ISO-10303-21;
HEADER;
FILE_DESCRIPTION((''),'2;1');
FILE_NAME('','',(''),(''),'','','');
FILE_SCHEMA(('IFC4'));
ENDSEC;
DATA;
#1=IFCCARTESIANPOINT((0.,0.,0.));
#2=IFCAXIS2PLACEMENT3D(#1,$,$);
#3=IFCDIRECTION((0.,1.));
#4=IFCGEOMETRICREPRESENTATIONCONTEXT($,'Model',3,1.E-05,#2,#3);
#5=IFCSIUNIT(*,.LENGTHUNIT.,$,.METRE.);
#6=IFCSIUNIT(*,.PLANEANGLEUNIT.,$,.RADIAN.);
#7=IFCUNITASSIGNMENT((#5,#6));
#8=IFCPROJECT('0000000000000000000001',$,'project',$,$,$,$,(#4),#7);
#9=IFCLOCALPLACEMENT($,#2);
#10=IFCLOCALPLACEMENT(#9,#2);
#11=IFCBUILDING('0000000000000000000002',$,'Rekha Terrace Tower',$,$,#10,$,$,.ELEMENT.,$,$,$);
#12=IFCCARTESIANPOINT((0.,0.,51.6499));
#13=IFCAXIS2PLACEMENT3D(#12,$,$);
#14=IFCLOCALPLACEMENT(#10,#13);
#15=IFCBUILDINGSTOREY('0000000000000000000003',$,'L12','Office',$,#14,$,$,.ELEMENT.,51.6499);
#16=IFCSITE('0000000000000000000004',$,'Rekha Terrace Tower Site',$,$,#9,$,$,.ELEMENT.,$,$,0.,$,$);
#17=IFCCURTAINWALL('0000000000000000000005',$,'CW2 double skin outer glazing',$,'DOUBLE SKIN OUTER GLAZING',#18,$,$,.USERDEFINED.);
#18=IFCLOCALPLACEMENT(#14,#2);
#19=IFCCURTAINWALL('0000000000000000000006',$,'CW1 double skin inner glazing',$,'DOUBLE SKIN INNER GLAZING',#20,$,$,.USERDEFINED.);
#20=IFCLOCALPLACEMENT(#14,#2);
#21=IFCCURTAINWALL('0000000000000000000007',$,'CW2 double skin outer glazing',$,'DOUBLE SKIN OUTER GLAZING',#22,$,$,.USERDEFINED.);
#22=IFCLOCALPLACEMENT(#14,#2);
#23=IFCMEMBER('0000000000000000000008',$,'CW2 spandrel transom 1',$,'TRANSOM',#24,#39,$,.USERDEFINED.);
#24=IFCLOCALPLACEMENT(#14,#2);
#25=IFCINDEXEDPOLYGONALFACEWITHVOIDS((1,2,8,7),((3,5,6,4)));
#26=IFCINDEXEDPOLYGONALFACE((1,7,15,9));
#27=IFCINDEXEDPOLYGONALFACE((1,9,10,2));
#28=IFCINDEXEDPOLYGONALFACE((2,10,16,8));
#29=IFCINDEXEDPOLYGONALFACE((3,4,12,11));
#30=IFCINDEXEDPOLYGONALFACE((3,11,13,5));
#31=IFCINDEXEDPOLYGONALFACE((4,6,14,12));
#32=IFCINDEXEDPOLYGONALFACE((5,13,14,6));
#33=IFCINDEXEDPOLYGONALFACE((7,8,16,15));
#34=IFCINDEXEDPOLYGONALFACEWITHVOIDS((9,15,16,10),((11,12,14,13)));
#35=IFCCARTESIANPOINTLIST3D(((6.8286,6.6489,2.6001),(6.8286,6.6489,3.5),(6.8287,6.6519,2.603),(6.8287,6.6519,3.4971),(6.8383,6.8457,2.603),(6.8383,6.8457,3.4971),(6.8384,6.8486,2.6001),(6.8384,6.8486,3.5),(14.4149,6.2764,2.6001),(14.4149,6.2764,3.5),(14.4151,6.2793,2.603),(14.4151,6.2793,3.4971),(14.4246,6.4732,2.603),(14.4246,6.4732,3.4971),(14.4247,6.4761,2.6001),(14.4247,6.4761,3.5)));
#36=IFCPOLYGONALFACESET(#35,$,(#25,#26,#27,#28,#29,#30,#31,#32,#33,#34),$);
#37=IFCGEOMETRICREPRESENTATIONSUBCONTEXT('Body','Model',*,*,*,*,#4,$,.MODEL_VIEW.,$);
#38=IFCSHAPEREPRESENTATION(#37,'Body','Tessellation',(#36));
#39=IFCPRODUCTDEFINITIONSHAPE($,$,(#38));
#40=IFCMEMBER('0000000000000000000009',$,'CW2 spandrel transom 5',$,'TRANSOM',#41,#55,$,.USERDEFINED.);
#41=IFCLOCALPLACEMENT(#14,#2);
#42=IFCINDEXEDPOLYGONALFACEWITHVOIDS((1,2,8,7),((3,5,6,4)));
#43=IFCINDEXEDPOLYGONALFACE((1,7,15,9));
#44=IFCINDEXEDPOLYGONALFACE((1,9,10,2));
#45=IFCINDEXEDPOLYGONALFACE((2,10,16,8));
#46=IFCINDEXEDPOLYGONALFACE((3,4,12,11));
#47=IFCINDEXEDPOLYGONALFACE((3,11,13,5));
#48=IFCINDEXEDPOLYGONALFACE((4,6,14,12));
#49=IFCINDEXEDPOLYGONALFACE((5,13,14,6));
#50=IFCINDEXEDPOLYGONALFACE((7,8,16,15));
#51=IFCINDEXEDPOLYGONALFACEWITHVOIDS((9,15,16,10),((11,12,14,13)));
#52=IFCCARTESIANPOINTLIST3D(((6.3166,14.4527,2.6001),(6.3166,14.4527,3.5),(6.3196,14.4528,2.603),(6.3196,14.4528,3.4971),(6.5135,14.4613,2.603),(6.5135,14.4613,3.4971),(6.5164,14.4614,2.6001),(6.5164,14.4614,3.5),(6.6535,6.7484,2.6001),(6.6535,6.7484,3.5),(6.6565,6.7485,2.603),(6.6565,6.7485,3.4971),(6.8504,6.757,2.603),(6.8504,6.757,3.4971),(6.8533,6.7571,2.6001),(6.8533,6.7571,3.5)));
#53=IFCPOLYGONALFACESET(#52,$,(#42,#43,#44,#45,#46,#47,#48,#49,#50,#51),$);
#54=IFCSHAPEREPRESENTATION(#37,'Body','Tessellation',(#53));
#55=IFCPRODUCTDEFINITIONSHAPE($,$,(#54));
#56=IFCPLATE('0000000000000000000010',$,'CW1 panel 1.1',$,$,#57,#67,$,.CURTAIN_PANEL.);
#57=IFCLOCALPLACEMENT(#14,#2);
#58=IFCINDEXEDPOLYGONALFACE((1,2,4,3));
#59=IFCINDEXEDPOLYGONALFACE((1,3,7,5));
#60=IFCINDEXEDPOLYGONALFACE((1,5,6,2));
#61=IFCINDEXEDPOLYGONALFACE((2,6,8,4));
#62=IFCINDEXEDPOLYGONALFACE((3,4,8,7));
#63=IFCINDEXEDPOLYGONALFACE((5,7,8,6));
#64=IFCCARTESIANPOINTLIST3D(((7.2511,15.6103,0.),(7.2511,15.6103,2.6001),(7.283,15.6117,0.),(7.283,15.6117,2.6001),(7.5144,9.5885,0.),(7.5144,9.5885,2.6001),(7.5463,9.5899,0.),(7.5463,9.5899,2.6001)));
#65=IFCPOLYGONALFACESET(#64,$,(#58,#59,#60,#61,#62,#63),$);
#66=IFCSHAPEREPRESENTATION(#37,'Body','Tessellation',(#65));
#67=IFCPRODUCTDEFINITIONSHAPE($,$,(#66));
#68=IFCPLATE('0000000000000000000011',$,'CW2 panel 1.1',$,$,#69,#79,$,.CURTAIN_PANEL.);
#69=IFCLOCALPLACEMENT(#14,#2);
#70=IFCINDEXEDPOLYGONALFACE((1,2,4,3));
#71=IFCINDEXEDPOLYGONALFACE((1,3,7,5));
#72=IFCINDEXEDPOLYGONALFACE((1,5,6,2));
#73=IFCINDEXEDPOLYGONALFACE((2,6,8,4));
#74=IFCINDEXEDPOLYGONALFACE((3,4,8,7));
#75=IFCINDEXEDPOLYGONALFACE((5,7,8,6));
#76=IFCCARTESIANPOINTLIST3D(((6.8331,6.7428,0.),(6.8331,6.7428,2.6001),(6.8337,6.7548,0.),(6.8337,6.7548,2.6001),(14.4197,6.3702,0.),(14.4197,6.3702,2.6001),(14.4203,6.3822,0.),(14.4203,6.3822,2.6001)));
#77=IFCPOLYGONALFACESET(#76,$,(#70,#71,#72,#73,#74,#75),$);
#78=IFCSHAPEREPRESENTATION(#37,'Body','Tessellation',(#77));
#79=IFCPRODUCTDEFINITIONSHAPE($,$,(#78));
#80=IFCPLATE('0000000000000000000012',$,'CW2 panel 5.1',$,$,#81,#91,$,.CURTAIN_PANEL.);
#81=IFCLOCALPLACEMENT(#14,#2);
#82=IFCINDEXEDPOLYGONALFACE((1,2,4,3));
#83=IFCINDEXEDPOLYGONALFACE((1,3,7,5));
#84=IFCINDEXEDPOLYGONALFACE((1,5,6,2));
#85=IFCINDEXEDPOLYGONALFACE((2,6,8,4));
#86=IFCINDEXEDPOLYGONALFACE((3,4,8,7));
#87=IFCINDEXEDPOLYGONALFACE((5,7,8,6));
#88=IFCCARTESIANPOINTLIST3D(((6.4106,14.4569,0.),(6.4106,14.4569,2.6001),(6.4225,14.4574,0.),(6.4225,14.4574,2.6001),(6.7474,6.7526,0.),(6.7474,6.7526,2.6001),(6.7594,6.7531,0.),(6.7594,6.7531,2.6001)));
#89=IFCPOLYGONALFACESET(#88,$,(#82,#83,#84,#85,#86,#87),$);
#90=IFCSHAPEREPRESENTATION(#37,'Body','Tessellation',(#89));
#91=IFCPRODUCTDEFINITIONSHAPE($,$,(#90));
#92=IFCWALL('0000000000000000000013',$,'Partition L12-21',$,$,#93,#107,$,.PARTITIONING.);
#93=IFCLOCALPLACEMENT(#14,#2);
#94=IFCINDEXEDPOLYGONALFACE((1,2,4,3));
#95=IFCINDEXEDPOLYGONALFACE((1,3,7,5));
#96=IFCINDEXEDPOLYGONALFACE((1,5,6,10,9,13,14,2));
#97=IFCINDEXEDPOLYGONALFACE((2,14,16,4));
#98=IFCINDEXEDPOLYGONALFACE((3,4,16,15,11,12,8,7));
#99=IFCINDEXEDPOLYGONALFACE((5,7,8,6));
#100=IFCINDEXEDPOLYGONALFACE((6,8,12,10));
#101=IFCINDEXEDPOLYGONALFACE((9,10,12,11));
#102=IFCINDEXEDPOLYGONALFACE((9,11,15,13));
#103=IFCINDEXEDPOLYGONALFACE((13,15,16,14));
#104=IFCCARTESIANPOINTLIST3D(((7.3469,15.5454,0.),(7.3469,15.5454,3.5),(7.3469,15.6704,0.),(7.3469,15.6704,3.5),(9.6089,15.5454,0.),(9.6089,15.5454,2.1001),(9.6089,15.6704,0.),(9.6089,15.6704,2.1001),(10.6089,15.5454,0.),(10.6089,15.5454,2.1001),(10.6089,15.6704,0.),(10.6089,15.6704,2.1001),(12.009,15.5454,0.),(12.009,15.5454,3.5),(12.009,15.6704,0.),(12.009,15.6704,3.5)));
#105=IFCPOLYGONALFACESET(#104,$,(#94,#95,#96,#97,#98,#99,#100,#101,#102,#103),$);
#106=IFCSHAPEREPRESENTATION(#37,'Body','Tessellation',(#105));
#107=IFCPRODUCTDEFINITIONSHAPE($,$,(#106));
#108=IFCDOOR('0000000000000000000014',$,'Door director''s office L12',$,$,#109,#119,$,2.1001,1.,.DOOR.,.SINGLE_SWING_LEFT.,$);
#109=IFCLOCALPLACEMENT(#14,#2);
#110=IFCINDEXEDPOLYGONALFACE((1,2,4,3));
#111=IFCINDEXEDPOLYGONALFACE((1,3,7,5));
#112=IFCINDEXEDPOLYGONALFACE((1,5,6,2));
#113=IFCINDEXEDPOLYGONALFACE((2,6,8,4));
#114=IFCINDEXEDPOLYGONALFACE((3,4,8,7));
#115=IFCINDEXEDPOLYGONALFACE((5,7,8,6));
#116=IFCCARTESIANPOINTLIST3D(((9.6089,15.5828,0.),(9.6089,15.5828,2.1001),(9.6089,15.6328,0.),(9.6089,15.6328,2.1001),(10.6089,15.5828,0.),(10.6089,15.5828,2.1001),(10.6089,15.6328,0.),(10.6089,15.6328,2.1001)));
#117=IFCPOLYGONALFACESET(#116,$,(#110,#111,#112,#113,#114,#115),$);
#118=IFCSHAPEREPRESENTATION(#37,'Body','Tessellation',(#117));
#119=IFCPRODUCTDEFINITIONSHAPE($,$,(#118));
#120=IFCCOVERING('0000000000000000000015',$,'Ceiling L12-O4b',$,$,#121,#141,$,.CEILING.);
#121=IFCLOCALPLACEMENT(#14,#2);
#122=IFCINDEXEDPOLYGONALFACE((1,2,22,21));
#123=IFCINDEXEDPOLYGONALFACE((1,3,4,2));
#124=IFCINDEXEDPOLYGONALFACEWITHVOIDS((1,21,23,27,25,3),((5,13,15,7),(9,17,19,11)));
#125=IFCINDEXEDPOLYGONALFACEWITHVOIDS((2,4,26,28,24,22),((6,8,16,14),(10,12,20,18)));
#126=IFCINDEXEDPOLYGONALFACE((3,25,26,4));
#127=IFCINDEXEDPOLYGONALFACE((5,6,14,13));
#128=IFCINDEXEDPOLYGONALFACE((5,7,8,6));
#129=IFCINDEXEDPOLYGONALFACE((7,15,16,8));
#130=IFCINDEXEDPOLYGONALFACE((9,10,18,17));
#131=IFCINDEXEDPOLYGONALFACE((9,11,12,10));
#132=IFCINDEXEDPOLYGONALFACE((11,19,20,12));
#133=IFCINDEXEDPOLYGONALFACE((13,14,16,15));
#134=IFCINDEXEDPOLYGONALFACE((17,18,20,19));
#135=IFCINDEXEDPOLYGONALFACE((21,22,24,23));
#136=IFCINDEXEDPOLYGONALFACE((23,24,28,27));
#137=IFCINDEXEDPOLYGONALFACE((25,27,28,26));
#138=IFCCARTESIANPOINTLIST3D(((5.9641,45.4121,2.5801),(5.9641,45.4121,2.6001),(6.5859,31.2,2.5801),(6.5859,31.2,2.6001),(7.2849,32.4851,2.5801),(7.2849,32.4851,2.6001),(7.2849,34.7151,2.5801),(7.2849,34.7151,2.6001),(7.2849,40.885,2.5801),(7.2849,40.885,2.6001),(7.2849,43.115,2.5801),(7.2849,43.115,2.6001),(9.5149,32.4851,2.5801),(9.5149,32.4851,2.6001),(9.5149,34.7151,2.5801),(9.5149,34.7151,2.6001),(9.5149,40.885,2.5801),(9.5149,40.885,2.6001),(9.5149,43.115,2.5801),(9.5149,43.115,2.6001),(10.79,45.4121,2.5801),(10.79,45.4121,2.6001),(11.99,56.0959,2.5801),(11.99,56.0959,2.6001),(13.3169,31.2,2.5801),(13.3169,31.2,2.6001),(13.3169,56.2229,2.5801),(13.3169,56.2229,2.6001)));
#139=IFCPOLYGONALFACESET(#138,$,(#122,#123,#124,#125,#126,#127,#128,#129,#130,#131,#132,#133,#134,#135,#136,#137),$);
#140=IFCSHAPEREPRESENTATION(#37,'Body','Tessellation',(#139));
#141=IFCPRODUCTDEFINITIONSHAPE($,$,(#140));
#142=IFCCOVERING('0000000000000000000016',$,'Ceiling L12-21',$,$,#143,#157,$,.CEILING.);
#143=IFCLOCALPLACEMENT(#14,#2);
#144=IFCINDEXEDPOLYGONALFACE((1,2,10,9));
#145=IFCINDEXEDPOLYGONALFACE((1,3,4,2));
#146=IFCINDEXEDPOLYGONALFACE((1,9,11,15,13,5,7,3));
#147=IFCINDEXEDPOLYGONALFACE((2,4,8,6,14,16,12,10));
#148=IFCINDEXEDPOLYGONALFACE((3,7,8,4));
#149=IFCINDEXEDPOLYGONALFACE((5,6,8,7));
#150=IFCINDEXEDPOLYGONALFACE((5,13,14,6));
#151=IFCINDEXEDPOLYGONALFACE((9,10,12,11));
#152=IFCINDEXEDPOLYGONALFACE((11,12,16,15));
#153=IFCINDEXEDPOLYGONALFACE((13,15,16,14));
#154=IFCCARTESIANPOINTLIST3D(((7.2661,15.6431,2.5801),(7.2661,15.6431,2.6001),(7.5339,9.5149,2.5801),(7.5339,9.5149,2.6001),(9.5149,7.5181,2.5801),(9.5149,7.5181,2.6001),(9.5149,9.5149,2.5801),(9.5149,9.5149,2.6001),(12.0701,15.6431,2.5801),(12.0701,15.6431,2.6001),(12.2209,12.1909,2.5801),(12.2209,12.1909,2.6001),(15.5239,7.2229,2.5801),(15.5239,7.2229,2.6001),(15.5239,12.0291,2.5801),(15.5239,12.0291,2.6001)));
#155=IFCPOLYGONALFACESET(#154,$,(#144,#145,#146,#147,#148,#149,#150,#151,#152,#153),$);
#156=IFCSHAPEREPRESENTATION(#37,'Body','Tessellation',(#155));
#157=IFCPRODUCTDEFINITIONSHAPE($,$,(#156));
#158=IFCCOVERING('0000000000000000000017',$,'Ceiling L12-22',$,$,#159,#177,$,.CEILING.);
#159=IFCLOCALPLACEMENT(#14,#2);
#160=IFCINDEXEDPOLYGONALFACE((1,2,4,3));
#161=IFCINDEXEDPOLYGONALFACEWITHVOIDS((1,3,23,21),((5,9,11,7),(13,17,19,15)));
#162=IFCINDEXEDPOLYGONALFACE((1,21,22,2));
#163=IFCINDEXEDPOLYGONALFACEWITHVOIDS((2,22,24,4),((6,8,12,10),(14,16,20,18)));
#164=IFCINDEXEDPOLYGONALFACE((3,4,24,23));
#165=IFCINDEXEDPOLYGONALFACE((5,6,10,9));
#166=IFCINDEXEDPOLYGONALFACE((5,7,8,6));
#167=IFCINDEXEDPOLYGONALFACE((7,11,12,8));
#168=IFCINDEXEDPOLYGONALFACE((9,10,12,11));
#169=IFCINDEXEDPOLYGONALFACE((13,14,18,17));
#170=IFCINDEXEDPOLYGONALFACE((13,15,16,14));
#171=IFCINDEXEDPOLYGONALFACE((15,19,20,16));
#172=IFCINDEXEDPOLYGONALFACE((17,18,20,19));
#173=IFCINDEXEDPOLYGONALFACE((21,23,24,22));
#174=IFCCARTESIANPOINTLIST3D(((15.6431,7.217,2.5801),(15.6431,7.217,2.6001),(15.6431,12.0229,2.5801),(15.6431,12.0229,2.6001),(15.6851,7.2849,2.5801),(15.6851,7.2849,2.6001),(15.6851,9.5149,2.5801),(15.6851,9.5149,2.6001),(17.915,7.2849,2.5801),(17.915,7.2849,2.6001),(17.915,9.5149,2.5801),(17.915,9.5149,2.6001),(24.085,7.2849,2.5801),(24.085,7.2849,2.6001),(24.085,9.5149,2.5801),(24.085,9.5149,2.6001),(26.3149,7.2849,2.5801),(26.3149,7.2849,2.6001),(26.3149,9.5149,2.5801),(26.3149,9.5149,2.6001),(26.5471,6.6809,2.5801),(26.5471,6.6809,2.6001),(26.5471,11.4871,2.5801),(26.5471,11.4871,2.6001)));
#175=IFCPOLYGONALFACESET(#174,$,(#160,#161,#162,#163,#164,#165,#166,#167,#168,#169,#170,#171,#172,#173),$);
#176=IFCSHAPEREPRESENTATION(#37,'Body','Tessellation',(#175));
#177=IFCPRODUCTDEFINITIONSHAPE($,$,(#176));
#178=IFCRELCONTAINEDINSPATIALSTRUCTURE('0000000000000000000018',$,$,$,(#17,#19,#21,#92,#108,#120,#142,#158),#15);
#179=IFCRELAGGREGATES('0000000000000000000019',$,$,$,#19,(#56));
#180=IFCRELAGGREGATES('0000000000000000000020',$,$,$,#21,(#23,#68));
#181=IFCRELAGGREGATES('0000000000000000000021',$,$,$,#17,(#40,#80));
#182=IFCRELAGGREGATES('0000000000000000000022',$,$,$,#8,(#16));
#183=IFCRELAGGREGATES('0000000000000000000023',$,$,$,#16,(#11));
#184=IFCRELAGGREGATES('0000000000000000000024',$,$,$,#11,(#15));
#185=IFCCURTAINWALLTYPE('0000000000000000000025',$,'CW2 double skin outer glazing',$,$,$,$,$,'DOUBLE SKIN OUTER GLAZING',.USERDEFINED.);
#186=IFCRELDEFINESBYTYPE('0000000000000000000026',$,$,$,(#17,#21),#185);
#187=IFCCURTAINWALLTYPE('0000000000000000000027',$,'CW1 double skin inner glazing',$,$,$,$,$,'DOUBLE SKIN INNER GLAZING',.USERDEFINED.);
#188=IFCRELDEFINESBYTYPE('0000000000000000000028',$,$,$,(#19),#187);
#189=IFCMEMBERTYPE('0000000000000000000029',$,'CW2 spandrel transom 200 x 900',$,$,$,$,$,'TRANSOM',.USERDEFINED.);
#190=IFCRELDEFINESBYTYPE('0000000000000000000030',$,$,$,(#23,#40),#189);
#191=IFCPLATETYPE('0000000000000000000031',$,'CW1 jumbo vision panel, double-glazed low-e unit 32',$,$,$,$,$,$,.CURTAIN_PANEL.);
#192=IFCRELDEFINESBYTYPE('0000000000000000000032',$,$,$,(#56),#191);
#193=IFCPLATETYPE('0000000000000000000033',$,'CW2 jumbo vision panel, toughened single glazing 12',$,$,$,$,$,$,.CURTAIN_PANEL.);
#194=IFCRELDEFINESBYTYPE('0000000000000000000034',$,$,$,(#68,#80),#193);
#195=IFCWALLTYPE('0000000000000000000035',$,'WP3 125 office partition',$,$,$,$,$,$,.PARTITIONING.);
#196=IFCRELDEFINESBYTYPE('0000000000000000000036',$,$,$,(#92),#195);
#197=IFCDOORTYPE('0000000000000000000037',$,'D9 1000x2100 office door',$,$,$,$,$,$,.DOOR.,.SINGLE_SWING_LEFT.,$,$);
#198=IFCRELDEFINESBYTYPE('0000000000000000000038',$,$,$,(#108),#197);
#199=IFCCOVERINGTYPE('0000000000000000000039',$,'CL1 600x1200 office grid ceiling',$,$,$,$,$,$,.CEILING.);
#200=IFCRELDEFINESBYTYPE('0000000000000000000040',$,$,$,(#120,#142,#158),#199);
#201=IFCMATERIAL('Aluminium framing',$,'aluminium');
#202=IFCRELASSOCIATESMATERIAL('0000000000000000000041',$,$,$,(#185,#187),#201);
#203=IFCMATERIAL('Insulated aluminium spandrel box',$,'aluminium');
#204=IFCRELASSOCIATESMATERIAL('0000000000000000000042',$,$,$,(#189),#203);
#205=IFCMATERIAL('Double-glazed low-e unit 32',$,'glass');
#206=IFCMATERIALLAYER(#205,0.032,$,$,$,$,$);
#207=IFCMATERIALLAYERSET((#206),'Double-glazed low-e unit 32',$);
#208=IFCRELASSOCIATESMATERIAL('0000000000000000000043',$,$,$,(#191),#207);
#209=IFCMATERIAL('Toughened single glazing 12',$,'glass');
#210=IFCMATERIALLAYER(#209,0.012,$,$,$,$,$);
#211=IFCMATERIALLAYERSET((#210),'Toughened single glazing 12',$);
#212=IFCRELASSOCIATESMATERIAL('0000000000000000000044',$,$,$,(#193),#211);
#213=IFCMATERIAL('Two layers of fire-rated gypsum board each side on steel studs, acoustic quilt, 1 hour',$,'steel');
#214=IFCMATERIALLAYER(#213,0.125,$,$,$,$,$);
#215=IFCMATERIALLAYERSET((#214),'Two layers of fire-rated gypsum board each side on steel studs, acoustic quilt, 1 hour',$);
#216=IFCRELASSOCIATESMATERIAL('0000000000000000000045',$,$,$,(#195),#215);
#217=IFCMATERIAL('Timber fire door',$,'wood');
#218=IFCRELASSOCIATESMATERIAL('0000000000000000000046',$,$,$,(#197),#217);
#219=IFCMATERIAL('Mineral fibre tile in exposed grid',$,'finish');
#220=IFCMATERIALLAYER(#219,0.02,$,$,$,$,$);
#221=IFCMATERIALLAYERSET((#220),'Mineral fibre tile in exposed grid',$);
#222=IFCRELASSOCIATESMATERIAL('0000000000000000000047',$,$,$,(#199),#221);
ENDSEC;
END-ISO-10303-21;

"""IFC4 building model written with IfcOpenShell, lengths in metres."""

from ifc_helpers import new_model, si_unit, direction, frame, frame_2d, origin, origin_2d, place, context, subcontext, project, spatial, polyline, rectangle, hollow_rectangle, outline, extrude, material, layer, layer_set, material_profile, profile_set, type_object, element, fill, aggregate, save


model = new_model("IFC4")

# Units and contexts
model_context = context("Model", 3, precision=1e-05, world=origin(), true_north=direction((0.0, 1.0)))
body_context = subcontext(model_context, "Body", "Model", "MODEL_VIEW")
ifc_project = project(units=[si_unit("LENGTHUNIT", "METRE"), si_unit("PLANEANGLEUNIT", "RADIAN")], contexts=[model_context])

# Site, building, storey
site_placement = place(None, origin())
site = spatial("IfcSite", under=ifc_project, at=site_placement, Name="Rekha Terrace Tower Site", CompositionType="ELEMENT", RefElevation=0.0)
building_placement = place(site_placement, origin())
building = spatial("IfcBuilding", under=site, at=building_placement, Name="Rekha Terrace Tower", CompositionType="ELEMENT")
storey_placement = place(building_placement, frame((0.0, 0.0, 51.6499)))
storey = spatial("IfcBuildingStorey", under=building, at=storey_placement, Name="L12", Description="Office", CompositionType="ELEMENT", Elevation=51.6499)

# Curtain wall
ifc_material_1 = material(Name="Aluminium framing", Category="aluminium")
curtain_wall_type_1 = type_object("IfcCurtainWallType", Name="CW2 double skin outer glazing", ElementType="DOUBLE SKIN OUTER GLAZING", PredefinedType="USERDEFINED", material=ifc_material_1)
curtain_wall_1_placement = place(storey_placement, origin())
curtain_wall_1 = element("IfcCurtainWall", 1, at=curtain_wall_1_placement, inside=storey, type_object=curtain_wall_type_1, Name="CW2 double skin outer glazing", ObjectType="DOUBLE SKIN OUTER GLAZING", PredefinedType="USERDEFINED")
curtain_wall_type_2 = type_object("IfcCurtainWallType", Name="CW1 double skin inner glazing", ElementType="DOUBLE SKIN INNER GLAZING", PredefinedType="USERDEFINED", material=ifc_material_1)

# Curtain wall
curtain_wall_2_placement = place(storey_placement, origin())
curtain_wall_2 = element("IfcCurtainWall", 2, at=curtain_wall_2_placement, inside=storey, type_object=curtain_wall_type_2, Name="CW1 double skin inner glazing", ObjectType="DOUBLE SKIN INNER GLAZING", PredefinedType="USERDEFINED")

# Shared definitions
ifc_material_2 = material(Name="Insulated aluminium spandrel box", Category="aluminium")

# Curtain wall
curtain_wall_3_placement = place(storey_placement, origin())
curtain_wall_3 = element("IfcCurtainWall", 3, at=curtain_wall_3_placement, inside=storey, type_object=curtain_wall_type_1, Name="CW2 double skin outer glazing", ObjectType="DOUBLE SKIN OUTER GLAZING", PredefinedType="USERDEFINED")

# Members
ifc_material_profile_1 = material_profile(ifc_material_2, hollow_rectangle(XDim=0.2, YDim=0.8999, WallThickness=0.0029, at=origin_2d()), Name="AL SPANDREL BOX 200x900")
ifc_profile_set_1 = profile_set([ifc_material_profile_1], Name="Insulated aluminium spandrel box")
member_type_1 = type_object("IfcMemberType", Name="CW2 spandrel transom 200 x 900", ElementType="TRANSOM", PredefinedType="USERDEFINED", material=ifc_profile_set_1)
member_1_placement = place(storey_placement, frame((6.8335, 6.7488, 3.05), z_axis=(0.998796, -0.049049, 0.0), x_axis=(0.049049, 0.998796, 0.0)))
member_1 = element("IfcMember", 4, at=member_1_placement, type_object=member_type_1, Name="CW2 spandrel transom 1", ObjectType="TRANSOM", PredefinedType="USERDEFINED", context=body_context, shape_type="SweptSolid", body=[
    extrude(hollow_rectangle(XDim=0.2, YDim=0.8999, WallThickness=0.0029, at=origin_2d()), origin(), (0.0, 0.0, 1.0), 7.5955),
])
member_2_placement = place(storey_placement, frame((6.4165, 14.457, 3.05), z_axis=(0.043689, -0.999045, 0.0), x_axis=(0.999045, 0.043689, 0.0)))
member_2 = element("IfcMember", 5, at=member_2_placement, type_object=member_type_1, Name="CW2 spandrel transom 5", ObjectType="TRANSOM", PredefinedType="USERDEFINED", context=body_context, shape_type="SweptSolid", body=[
    extrude(hollow_rectangle(XDim=0.2, YDim=0.8999, WallThickness=0.0029, at=origin_2d()), origin(), (0.0, 0.0, 1.0), 7.7117),
])

# Plates
ifc_material_3 = material(Name="Double-glazed low-e unit 32", Category="glass")
ifc_layer_1 = layer(ifc_material_3, 0.032)
ifc_layer_set_1 = layer_set([ifc_layer_1], Name="Double-glazed low-e unit 32")
plate_type_1 = type_object("IfcPlateType", Name="CW1 jumbo vision panel, double-glazed low-e unit 32", PredefinedType="CURTAIN_PANEL", material=ifc_layer_set_1)
plate_1_placement = place(storey_placement, frame((7.3987, 12.6001, 0.0), z_axis=(0.0, 0.0, 1.0), x_axis=(0.043683, -0.999045, 0.0)))
plate_1 = element("IfcPlate", 6, at=plate_1_placement, type_object=plate_type_1, Name="CW1 panel 1.1", PredefinedType="CURTAIN_PANEL", context=body_context, shape_type="SweptSolid", body=[
    extrude(rectangle(XDim=6.0276, YDim=0.032, at=origin_2d()), origin(), (0.0, 0.0, 1.0), 2.6001),
])
aggregate(curtain_wall_2, [plate_1])
ifc_material_4 = material(Name="Toughened single glazing 12", Category="glass")
ifc_layer_2 = layer(ifc_material_4, 0.012)
ifc_layer_set_2 = layer_set([ifc_layer_2], Name="Toughened single glazing 12")
plate_type_2 = type_object("IfcPlateType", Name="CW2 jumbo vision panel, toughened single glazing 12", PredefinedType="CURTAIN_PANEL", material=ifc_layer_set_2)
plate_2_placement = place(storey_placement, frame((10.6267, 6.5625, 0.0), z_axis=(0.0, 0.0, 1.0), x_axis=(0.998796, -0.049052, 0.0)))
plate_2 = element("IfcPlate", 7, at=plate_2_placement, type_object=plate_type_2, Name="CW2 panel 1.1", PredefinedType="CURTAIN_PANEL", context=body_context, shape_type="SweptSolid", body=[
    extrude(rectangle(XDim=7.5957, YDim=0.012, at=origin_2d()), origin(), (0.0, 0.0, 1.0), 2.6001),
])
aggregate(curtain_wall_3, [member_1, plate_2])
plate_3_placement = place(storey_placement, frame((6.585, 10.605, 0.0), z_axis=(0.0, 0.0, 1.0), x_axis=(0.043683, -0.999045, 0.0)))
plate_3 = element("IfcPlate", 8, at=plate_3_placement, type_object=plate_type_2, Name="CW2 panel 5.1", PredefinedType="CURTAIN_PANEL", context=body_context, shape_type="SweptSolid", body=[
    extrude(rectangle(XDim=7.7117, YDim=0.012, at=origin_2d()), origin(), (0.0, 0.0, 1.0), 2.6001),
])
aggregate(curtain_wall_1, [member_2, plate_3])

# Wall, opening, door
ifc_material_5 = material(Name="Two layers of fire-rated gypsum board each side on steel studs, acoustic quilt, 1 hour", Category="steel")
ifc_layer_3 = layer(ifc_material_5, 0.125)
ifc_layer_set_3 = layer_set([ifc_layer_3], Name="Two layers of fire-rated gypsum board each side on steel studs, acoustic quilt, 1 hour")
wall_type = type_object("IfcWallType", Name="WP3 125 office partition", PredefinedType="PARTITIONING", material=ifc_layer_set_3)
wall_placement = place(storey_placement, frame((7.3469, 15.6079, 0.0), z_axis=(0.0, 0.0, 1.0), x_axis=(1.0, 0.0, 0.0)))
wall = element("IfcWall", 9, at=wall_placement, inside=storey, type_object=wall_type, Name="Partition L12-21", PredefinedType="PARTITIONING", context=body_context, shape_type="SweptSolid", body=[
    extrude(rectangle(XDim=4.6621, YDim=0.125, at=frame_2d((2.3311, 0.0))), origin(), (0.0, 0.0, 1.0), 3.5),
])
opening_placement = place(wall_placement, frame((2.262, 0.0, 0.0)))
opening = element("IfcOpeningElement", 10, at=opening_placement, cuts=wall, PredefinedType="OPENING", context=body_context, shape_type="SweptSolid", body=[
    extrude(rectangle(XDim=1.0, YDim=2.1001, at=frame_2d((0.5, 1.05))), frame((0.0, 0.0725, 0.0), z_axis=(0.0, -1.0, 0.0), x_axis=(1.0, 0.0, 0.0)), (0.0, 0.0, 1.0), 0.145),
])
ifc_material_6 = material(Name="Timber fire door", Category="wood")
door_type = type_object("IfcDoorType", Name="D9 1000x2100 office door", OperationType="SINGLE_SWING_LEFT", PredefinedType="DOOR", material=ifc_material_6)
door_placement = place(opening_placement, origin())
door = element("IfcDoor", 11, at=door_placement, inside=storey, type_object=door_type, Name="Door director's office L12", OperationType="SINGLE_SWING_LEFT", OverallHeight=2.1001, OverallWidth=1.0, PredefinedType="DOOR", context=body_context, shape_type="SweptSolid", body=[
    extrude(rectangle(XDim=1.0, YDim=2.1001, at=frame_2d((0.5, 1.05))), frame((0.0, 0.0249, 0.0), z_axis=(0.0, -1.0, 0.0), x_axis=(1.0, 0.0, 0.0)), (0.0, 0.0, 1.0), 0.05),
])
fill(opening, door)

# Coverings
ifc_material_7 = material(Name="Mineral fibre tile in exposed grid", Category="finish")
ifc_layer_4 = layer(ifc_material_7, 0.02)
ifc_layer_set_4 = layer_set([ifc_layer_4], Name="Mineral fibre tile in exposed grid")
covering_type_1 = type_object("IfcCoveringType", Name="CL1 600x1200 office grid ceiling", PredefinedType="CEILING", material=ifc_layer_set_4)
covering_1_placement = place(storey_placement, frame((0.0, 0.0, 2.5801)))
element("IfcCovering", 12, at=covering_1_placement, inside=storey, type_object=covering_type_1, Name="Ceiling L12-O4b", PredefinedType="CEILING", context=body_context, shape_type="SweptSolid", body=[
    extrude(outline(polyline([(13.3169, 56.2229), (11.99, 56.0959), (10.79, 45.4121), (5.9641, 45.4121), (6.5859, 31.2), (13.3169, 31.2), (13.3169, 56.2229)]), holes=[polyline([(9.5149, 32.4851), (7.2849, 32.4851), (7.2849, 34.7151), (9.5149, 34.7151), (9.5149, 32.4851)]), polyline([(9.5149, 40.885), (7.2849, 40.885), (7.2849, 43.115), (9.5149, 43.115), (9.5149, 40.885)])]), origin(), (0.0, 0.0, 1.0), 0.02),
])
covering_2_placement = place(storey_placement, frame((0.0, 0.0, 2.5801)))
element("IfcCovering", 13, at=covering_2_placement, inside=storey, type_object=covering_type_1, Name="Ceiling L12-21", PredefinedType="CEILING", context=body_context, shape_type="SweptSolid", body=[
    extrude(outline(polyline([(12.2209, 12.1909), (12.0701, 15.6431), (7.2661, 15.6431), (7.5339, 9.5149), (9.5149, 9.5149), (9.5149, 7.5181), (15.5239, 7.2229), (15.5239, 12.0291), (12.2209, 12.1909)])), origin(), (0.0, 0.0, 1.0), 0.02),
])
covering_3_placement = place(storey_placement, frame((0.0, 0.0, 2.5801)))
element("IfcCovering", 14, at=covering_3_placement, inside=storey, type_object=covering_type_1, Name="Ceiling L12-22", PredefinedType="CEILING", context=body_context, shape_type="SweptSolid", body=[
    extrude(outline(polyline([(26.5471, 6.6809), (26.5471, 11.4871), (15.6431, 12.0229), (15.6431, 7.217), (26.5471, 6.6809)]), holes=[polyline([(26.3149, 9.5149), (26.3149, 7.2849), (24.085, 7.2849), (24.085, 9.5149), (26.3149, 9.5149)]), polyline([(17.915, 7.2849), (15.6851, 7.2849), (15.6851, 9.5149), (17.915, 9.5149), (17.915, 7.2849)])]), origin(), (0.0, 0.0, 1.0), 0.02),
])

save(model, "model.ifc")
